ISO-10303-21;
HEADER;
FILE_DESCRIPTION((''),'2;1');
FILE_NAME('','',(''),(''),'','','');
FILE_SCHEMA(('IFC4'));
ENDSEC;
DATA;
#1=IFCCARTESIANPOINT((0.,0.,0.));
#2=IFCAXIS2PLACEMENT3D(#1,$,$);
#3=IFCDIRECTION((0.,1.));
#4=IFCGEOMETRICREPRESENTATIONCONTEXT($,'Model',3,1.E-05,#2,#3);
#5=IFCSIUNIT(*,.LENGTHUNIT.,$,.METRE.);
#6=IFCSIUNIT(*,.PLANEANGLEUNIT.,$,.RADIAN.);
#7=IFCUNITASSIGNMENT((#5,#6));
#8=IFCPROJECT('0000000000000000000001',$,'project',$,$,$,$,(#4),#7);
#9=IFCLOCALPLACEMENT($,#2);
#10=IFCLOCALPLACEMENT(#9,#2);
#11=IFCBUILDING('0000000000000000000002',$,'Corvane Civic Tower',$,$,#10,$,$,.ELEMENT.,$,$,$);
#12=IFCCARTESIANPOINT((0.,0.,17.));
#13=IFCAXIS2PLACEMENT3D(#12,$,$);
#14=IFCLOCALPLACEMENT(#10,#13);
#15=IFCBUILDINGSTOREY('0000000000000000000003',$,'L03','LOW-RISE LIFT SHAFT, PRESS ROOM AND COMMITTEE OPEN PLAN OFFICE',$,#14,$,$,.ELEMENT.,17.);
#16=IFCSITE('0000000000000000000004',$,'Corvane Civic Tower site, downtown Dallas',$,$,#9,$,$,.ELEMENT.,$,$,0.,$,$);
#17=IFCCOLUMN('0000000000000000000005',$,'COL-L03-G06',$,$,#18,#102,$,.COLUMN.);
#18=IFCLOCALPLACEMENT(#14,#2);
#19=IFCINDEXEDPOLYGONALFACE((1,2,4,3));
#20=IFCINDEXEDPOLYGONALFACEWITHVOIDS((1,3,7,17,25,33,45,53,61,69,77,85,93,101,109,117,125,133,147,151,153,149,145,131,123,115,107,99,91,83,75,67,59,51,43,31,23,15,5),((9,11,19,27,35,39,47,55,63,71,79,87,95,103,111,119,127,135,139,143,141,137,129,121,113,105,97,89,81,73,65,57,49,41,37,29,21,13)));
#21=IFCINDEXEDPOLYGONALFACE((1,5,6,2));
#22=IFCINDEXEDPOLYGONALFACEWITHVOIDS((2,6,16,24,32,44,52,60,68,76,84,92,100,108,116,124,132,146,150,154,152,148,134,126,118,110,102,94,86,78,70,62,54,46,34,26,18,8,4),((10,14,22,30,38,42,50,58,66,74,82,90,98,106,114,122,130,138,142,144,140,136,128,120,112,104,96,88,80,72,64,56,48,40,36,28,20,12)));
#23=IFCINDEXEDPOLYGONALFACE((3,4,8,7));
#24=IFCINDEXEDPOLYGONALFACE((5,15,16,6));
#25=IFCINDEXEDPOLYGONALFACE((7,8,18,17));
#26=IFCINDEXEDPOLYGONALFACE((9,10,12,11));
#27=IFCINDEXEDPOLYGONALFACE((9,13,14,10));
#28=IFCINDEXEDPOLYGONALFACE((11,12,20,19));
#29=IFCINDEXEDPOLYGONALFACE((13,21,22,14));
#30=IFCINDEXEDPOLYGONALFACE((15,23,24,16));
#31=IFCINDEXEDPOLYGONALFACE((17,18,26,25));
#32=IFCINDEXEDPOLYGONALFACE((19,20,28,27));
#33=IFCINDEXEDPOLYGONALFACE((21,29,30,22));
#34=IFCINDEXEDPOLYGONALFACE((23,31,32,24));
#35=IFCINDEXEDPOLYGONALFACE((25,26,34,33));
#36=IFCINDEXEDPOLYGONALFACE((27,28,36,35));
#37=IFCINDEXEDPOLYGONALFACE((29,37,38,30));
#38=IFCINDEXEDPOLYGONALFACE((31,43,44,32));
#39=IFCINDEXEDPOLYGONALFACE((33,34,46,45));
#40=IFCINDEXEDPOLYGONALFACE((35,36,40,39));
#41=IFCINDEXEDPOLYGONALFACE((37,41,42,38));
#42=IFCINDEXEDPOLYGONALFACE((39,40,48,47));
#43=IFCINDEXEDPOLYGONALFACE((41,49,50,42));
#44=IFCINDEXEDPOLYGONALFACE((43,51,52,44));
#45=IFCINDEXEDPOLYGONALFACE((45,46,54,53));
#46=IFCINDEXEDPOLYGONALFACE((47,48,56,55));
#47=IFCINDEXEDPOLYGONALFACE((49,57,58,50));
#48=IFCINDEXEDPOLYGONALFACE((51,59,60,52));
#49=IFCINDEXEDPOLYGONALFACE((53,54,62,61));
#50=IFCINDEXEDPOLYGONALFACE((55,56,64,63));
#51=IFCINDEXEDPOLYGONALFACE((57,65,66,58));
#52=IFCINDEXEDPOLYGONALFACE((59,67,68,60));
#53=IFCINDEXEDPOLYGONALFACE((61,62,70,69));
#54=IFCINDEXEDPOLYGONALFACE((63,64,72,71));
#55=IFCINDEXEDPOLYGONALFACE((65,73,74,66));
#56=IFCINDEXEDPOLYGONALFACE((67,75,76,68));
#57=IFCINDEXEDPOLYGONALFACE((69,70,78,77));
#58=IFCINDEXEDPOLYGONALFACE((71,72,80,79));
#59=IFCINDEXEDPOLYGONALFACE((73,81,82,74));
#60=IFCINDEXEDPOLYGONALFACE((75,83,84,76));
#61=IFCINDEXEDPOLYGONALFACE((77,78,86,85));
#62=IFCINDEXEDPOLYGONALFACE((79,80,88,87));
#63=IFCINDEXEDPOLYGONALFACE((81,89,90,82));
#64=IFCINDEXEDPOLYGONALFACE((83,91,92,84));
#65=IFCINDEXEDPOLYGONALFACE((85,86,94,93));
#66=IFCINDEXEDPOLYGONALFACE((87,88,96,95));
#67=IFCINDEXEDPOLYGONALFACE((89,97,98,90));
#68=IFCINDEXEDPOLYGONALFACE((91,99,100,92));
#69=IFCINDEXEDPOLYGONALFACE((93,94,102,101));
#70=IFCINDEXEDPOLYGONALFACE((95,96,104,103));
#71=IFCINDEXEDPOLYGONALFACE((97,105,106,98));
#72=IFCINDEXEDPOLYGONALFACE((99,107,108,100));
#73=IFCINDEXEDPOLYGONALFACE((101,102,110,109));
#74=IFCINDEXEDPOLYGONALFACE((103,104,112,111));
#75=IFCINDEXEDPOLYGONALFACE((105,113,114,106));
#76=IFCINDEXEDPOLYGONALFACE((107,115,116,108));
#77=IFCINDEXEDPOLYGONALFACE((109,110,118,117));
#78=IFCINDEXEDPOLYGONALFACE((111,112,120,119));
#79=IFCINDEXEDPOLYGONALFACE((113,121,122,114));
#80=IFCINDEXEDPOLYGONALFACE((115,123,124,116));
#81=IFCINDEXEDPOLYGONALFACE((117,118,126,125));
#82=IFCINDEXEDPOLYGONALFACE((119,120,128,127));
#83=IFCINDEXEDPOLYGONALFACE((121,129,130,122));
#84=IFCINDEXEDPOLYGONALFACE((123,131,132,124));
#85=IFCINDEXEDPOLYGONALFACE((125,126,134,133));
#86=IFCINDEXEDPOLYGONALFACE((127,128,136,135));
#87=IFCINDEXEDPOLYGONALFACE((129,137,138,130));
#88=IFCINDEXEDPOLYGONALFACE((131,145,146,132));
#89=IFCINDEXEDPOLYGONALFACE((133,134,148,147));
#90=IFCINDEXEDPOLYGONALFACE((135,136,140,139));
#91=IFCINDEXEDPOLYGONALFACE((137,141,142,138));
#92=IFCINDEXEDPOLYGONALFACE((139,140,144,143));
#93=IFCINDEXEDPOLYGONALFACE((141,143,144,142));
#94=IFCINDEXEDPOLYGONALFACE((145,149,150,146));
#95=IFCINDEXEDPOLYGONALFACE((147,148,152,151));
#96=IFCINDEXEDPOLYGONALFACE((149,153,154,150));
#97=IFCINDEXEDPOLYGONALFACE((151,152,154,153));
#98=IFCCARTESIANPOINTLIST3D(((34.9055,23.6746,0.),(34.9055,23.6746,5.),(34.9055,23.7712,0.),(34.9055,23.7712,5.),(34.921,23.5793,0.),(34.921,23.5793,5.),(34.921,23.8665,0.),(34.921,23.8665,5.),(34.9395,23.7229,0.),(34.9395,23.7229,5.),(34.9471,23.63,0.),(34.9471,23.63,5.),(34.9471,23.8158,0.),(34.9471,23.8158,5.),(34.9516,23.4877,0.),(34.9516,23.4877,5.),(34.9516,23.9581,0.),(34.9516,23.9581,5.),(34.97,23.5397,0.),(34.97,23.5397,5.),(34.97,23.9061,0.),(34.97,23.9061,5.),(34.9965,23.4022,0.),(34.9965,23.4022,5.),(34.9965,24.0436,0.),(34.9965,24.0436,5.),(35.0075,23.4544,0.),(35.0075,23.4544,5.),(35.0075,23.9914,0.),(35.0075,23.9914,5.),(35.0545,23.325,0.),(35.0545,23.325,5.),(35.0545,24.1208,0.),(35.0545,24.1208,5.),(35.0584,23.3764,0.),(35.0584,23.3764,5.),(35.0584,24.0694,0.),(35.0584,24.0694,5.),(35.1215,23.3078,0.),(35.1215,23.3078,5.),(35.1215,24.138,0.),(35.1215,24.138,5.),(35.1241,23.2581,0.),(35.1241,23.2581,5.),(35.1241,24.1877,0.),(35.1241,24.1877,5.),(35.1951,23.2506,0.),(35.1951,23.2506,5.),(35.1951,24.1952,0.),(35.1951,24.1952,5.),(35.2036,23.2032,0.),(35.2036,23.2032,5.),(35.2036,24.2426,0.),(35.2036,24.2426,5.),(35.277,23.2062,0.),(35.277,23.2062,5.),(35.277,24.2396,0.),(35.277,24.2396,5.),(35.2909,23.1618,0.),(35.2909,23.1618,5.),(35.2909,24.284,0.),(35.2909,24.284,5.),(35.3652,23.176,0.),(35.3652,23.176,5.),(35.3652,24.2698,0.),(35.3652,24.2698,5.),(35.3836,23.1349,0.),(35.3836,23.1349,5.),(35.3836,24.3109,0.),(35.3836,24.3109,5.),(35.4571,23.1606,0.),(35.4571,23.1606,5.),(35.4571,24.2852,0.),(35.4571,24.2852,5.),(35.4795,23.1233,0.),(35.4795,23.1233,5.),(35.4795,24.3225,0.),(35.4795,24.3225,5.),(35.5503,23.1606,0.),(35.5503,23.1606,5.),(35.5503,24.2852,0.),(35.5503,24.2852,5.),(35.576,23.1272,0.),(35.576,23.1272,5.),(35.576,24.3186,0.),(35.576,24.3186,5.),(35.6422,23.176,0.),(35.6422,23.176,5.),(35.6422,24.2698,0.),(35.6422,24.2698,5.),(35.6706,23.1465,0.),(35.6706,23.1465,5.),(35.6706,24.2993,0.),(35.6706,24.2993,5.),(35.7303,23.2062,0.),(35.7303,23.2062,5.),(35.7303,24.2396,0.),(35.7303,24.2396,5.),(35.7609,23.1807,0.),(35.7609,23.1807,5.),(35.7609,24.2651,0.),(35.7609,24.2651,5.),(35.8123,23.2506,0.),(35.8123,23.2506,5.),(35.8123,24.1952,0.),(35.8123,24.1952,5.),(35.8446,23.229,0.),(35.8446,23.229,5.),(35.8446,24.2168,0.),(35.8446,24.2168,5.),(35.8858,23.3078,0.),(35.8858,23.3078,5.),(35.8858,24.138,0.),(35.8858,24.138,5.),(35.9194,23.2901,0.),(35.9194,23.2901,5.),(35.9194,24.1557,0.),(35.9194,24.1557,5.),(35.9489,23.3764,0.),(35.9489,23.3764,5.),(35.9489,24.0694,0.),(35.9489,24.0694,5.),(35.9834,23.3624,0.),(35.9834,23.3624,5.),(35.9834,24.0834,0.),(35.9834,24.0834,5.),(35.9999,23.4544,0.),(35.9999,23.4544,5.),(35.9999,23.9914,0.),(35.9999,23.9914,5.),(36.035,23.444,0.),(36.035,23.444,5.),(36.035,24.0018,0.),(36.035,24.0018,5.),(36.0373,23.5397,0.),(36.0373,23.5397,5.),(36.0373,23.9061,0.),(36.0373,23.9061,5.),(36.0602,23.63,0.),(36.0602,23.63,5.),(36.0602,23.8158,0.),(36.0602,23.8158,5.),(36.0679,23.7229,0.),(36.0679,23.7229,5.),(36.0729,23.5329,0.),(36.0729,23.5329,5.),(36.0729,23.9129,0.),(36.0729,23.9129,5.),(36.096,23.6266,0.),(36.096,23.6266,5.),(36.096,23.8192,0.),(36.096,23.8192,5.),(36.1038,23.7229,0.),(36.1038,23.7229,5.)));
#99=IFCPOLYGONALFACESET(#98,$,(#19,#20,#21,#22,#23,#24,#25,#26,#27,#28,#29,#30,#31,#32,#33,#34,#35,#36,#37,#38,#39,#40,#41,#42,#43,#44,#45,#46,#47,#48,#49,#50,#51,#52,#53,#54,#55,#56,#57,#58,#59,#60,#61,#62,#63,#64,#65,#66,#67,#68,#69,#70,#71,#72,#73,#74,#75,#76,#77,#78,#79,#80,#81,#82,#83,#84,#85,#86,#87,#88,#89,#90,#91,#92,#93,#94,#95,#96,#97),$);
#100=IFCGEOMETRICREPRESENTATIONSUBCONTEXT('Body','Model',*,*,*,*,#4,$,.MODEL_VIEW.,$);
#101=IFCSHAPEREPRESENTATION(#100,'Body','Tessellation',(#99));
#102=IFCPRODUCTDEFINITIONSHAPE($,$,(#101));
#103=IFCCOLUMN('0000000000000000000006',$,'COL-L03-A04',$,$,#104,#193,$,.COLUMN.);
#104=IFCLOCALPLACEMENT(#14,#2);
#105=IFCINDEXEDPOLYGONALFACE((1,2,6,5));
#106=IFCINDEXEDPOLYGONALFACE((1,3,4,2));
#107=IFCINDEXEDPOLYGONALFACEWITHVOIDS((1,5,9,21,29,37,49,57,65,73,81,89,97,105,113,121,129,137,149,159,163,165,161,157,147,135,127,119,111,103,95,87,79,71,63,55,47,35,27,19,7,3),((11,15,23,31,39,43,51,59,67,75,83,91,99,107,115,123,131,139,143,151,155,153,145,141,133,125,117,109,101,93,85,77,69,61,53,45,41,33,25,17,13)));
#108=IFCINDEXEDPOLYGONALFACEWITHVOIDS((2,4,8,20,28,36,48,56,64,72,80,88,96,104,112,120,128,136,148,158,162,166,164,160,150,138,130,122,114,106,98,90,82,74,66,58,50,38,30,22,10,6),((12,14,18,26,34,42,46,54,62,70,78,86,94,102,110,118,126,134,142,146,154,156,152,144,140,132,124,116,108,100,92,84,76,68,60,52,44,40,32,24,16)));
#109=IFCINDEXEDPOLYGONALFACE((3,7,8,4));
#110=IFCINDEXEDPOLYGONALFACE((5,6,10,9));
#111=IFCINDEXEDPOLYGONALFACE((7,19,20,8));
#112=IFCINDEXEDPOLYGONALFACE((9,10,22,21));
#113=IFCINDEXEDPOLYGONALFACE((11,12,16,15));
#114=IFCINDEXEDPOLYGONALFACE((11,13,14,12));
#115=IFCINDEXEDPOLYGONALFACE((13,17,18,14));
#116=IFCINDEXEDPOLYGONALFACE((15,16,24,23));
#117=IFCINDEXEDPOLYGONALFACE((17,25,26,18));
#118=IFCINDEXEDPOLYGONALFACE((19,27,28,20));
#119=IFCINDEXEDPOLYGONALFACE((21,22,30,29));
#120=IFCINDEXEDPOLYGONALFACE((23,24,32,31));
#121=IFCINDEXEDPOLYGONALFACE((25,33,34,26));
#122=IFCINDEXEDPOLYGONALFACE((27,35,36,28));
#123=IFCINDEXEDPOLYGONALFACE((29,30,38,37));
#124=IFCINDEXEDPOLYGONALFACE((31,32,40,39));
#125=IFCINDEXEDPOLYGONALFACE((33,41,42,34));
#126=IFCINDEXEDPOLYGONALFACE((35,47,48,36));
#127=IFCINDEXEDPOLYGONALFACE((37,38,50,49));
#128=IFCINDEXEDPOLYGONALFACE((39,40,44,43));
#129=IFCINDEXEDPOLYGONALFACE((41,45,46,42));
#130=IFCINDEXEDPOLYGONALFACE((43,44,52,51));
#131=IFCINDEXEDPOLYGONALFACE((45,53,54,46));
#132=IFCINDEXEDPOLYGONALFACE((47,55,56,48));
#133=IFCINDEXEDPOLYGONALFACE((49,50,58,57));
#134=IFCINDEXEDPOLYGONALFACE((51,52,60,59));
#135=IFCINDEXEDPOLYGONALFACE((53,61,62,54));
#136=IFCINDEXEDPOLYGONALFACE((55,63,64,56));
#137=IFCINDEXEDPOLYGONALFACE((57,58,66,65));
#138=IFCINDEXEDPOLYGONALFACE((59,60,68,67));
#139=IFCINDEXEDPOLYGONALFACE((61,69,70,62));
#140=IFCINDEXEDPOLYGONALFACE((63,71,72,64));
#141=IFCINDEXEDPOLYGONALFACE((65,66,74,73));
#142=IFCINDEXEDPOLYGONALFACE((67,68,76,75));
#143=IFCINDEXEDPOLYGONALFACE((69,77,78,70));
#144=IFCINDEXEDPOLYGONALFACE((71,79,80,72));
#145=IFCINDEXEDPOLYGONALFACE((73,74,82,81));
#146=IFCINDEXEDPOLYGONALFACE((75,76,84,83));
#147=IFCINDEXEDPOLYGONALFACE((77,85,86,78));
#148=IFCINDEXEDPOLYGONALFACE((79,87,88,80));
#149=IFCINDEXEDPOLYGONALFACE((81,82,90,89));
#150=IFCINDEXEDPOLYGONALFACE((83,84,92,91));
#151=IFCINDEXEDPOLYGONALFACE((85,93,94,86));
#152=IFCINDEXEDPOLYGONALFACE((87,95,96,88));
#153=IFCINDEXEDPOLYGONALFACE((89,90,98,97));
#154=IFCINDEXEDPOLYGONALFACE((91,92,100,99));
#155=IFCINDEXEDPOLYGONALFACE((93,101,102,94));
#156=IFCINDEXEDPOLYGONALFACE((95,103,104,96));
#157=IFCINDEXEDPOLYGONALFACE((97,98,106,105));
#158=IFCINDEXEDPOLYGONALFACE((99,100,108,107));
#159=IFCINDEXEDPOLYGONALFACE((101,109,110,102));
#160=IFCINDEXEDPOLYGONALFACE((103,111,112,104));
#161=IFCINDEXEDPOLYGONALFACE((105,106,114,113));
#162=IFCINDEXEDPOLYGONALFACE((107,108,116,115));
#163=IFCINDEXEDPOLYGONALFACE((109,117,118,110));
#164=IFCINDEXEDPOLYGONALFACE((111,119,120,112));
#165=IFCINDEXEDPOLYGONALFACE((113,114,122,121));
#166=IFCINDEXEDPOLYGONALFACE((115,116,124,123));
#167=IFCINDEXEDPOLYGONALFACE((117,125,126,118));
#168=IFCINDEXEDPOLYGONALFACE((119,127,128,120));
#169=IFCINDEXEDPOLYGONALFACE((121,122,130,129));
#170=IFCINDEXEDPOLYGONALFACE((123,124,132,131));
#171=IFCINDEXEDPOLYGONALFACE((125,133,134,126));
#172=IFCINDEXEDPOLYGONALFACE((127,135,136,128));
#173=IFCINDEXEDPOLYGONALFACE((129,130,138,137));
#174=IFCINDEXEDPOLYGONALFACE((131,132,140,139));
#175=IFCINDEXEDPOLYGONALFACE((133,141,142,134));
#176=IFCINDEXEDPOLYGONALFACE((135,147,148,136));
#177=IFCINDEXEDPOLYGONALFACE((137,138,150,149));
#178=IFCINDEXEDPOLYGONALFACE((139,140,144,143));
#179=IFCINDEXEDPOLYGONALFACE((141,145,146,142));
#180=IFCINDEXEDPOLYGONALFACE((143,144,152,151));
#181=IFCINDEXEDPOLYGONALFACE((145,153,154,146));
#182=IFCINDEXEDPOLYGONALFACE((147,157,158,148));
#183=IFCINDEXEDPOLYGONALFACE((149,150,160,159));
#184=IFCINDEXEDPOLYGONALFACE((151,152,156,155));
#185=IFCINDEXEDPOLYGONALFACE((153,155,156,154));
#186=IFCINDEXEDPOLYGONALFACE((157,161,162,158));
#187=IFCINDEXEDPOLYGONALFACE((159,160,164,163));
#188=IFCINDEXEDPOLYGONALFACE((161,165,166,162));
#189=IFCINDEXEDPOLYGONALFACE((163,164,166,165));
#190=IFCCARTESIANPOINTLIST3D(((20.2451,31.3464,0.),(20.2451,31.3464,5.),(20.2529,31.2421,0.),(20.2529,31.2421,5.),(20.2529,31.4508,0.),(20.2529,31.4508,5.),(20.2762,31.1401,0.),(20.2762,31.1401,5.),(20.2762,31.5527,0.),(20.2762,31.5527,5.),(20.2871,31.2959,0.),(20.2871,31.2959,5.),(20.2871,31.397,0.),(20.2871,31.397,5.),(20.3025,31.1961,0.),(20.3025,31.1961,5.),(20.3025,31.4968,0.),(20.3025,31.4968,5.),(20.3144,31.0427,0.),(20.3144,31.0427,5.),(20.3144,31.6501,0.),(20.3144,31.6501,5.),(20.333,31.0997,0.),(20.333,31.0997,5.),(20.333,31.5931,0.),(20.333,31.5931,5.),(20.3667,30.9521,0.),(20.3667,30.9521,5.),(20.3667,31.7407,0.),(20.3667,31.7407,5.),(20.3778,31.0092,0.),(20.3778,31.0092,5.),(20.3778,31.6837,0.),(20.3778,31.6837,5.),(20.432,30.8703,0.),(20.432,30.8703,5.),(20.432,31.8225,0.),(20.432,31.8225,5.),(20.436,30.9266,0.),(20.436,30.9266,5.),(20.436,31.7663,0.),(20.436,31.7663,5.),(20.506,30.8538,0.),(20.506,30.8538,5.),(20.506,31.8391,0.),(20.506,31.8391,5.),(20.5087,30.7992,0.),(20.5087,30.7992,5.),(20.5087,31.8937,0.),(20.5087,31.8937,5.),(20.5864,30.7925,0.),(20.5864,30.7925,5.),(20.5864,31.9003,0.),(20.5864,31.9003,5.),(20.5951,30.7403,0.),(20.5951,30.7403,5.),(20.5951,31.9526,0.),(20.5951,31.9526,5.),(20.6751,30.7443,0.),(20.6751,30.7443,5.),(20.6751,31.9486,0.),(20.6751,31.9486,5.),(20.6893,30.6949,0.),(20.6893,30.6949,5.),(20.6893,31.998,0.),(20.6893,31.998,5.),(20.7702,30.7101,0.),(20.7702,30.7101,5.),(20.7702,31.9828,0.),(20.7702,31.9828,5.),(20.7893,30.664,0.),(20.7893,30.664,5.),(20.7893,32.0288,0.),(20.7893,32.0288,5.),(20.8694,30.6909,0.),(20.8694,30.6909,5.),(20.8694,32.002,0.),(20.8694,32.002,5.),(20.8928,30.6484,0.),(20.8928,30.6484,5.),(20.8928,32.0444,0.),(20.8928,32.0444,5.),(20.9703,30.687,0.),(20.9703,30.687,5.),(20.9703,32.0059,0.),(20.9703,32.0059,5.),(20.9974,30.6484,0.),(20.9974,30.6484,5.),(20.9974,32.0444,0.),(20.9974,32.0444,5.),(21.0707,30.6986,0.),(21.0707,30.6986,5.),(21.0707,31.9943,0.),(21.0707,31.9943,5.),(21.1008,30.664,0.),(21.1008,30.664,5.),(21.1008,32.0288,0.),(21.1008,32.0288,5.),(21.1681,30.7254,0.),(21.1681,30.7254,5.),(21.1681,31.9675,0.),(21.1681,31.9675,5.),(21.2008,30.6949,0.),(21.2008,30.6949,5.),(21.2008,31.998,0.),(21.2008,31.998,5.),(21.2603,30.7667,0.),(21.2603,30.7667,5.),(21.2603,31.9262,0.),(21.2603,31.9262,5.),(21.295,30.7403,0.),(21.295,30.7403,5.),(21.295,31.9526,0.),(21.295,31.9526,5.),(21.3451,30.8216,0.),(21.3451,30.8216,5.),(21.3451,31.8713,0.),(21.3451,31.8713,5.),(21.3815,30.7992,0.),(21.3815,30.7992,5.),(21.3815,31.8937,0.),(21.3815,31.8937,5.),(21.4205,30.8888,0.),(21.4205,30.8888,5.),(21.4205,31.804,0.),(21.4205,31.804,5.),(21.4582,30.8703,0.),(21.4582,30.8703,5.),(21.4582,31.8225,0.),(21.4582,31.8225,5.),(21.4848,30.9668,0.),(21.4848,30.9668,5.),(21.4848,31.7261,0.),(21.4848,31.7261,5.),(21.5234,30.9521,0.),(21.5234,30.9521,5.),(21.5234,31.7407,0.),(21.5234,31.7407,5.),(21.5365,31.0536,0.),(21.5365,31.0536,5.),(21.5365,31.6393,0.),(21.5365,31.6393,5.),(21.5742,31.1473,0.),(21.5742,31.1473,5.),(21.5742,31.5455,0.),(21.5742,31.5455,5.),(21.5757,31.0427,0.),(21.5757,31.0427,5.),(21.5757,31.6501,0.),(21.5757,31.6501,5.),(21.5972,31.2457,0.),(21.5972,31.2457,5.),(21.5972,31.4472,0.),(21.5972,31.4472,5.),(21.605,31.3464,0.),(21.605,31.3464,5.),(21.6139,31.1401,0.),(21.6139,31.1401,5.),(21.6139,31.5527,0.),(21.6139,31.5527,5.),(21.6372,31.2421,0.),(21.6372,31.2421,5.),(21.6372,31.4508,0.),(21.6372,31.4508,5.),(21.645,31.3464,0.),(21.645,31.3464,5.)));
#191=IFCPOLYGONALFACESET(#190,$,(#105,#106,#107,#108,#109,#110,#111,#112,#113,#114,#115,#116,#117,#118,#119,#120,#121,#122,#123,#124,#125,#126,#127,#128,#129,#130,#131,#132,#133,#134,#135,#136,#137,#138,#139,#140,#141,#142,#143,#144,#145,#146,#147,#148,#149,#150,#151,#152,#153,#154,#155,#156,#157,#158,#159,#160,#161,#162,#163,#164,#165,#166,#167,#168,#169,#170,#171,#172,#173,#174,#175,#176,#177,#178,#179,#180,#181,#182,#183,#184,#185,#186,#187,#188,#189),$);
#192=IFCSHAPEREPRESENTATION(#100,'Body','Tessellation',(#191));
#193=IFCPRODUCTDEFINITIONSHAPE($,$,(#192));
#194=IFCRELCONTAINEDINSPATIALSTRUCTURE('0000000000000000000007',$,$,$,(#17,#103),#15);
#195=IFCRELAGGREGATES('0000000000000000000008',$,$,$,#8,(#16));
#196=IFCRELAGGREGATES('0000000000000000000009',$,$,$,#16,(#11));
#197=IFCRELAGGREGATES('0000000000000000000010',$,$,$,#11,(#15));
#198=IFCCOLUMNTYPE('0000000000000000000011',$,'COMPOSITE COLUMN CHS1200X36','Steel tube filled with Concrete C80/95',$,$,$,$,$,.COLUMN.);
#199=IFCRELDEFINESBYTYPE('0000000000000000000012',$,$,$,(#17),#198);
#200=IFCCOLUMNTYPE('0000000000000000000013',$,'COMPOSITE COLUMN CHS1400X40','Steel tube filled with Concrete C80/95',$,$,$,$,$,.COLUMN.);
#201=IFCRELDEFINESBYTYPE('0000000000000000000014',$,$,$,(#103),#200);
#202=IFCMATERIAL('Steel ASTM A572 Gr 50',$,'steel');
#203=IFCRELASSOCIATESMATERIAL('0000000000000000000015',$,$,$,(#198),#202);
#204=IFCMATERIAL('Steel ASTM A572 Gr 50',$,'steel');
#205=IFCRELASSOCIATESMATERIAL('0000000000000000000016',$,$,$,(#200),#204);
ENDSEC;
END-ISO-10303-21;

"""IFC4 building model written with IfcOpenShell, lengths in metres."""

from ifc_helpers import new_model, si_unit, direction, frame, origin, origin_2d, place, context, subcontext, project, spatial, hollow_circle, extrude, material, material_profile, profile_set, type_object, element, save


model = new_model("IFC4")

# Units and contexts
model_context = context("Model", 3, precision=1e-05, world=origin(), true_north=direction((0.0, 1.0)))
body_context = subcontext(model_context, "Body", "Model", "MODEL_VIEW")
ifc_project = project(units=[si_unit("LENGTHUNIT", "METRE"), si_unit("PLANEANGLEUNIT", "RADIAN")], contexts=[model_context])

# Site, building, storey
site_placement = place(None, origin())
site = spatial("IfcSite", under=ifc_project, at=site_placement, Name="Corvane Civic Tower site, downtown Dallas", CompositionType="ELEMENT", RefElevation=0.0)
building_placement = place(site_placement, origin())
building = spatial("IfcBuilding", under=site, at=building_placement, Name="Corvane Civic Tower", CompositionType="ELEMENT")
storey_placement = place(building_placement, frame((0.0, 0.0, 17.0)))
storey = spatial("IfcBuildingStorey", under=building, at=storey_placement, Name="L03", Description="LOW-RISE LIFT SHAFT, PRESS ROOM AND COMMITTEE OPEN PLAN OFFICE", CompositionType="ELEMENT", Elevation=17.0)

# Columns
ifc_material_1 = material(Name="Steel ASTM A572 Gr 50", Category="steel")
ifc_material_profile_1 = material_profile(ifc_material_1, hollow_circle(Radius=0.6001, WallThickness=0.0359, at=origin_2d()), Name="CHS1200X36")
ifc_profile_set_1 = profile_set([ifc_material_profile_1], Name="Steel ASTM A572 Gr 50")
column_type_1 = type_object("IfcColumnType", Name="COMPOSITE COLUMN CHS1200X36", Description="Steel tube filled with Concrete C80/95", PredefinedType="COLUMN", material=ifc_profile_set_1)
for number, where, z_axis, x_axis, name in (
    (1, (35.5037, 23.7229, 0.0), (0.0, 0.0, 1.0), (1.0, 0.0, 0.0), "COL-L03-G06"),
):
    element("IfcColumn", number, at=place(storey_placement, frame(where, z_axis=z_axis, x_axis=x_axis)), inside=storey, type_object=column_type_1, Name=name, PredefinedType="COLUMN", context=body_context, shape_type="SweptSolid", body=[
        extrude(hollow_circle(Radius=0.6001, WallThickness=0.0359, at=origin_2d()), origin(), (0.0, 0.0, 1.0), 5.0),
    ])
ifc_material_2 = material(Name="Steel ASTM A572 Gr 50", Category="steel")
ifc_material_profile_2 = material_profile(ifc_material_2, hollow_circle(Radius=0.7, WallThickness=0.04, at=origin_2d()), Name="CHS1400X40")
ifc_profile_set_2 = profile_set([ifc_material_profile_2], Name="Steel ASTM A572 Gr 50")
column_type_2 = type_object("IfcColumnType", Name="COMPOSITE COLUMN CHS1400X40", Description="Steel tube filled with Concrete C80/95", PredefinedType="COLUMN", material=ifc_profile_set_2)
for number, where, z_axis, x_axis, name in (
    (2, (20.9451, 31.3464, 0.0), (0.0, 0.0, 1.0), (1.0, 0.0, 0.0), "COL-L03-A04"),
):
    element("IfcColumn", number, at=place(storey_placement, frame(where, z_axis=z_axis, x_axis=x_axis)), inside=storey, type_object=column_type_2, Name=name, PredefinedType="COLUMN", context=body_context, shape_type="SweptSolid", body=[
        extrude(hollow_circle(Radius=0.7, WallThickness=0.04, at=origin_2d()), origin(), (0.0, 0.0, 1.0), 5.0),
    ])

save(model, "model.ifc")
